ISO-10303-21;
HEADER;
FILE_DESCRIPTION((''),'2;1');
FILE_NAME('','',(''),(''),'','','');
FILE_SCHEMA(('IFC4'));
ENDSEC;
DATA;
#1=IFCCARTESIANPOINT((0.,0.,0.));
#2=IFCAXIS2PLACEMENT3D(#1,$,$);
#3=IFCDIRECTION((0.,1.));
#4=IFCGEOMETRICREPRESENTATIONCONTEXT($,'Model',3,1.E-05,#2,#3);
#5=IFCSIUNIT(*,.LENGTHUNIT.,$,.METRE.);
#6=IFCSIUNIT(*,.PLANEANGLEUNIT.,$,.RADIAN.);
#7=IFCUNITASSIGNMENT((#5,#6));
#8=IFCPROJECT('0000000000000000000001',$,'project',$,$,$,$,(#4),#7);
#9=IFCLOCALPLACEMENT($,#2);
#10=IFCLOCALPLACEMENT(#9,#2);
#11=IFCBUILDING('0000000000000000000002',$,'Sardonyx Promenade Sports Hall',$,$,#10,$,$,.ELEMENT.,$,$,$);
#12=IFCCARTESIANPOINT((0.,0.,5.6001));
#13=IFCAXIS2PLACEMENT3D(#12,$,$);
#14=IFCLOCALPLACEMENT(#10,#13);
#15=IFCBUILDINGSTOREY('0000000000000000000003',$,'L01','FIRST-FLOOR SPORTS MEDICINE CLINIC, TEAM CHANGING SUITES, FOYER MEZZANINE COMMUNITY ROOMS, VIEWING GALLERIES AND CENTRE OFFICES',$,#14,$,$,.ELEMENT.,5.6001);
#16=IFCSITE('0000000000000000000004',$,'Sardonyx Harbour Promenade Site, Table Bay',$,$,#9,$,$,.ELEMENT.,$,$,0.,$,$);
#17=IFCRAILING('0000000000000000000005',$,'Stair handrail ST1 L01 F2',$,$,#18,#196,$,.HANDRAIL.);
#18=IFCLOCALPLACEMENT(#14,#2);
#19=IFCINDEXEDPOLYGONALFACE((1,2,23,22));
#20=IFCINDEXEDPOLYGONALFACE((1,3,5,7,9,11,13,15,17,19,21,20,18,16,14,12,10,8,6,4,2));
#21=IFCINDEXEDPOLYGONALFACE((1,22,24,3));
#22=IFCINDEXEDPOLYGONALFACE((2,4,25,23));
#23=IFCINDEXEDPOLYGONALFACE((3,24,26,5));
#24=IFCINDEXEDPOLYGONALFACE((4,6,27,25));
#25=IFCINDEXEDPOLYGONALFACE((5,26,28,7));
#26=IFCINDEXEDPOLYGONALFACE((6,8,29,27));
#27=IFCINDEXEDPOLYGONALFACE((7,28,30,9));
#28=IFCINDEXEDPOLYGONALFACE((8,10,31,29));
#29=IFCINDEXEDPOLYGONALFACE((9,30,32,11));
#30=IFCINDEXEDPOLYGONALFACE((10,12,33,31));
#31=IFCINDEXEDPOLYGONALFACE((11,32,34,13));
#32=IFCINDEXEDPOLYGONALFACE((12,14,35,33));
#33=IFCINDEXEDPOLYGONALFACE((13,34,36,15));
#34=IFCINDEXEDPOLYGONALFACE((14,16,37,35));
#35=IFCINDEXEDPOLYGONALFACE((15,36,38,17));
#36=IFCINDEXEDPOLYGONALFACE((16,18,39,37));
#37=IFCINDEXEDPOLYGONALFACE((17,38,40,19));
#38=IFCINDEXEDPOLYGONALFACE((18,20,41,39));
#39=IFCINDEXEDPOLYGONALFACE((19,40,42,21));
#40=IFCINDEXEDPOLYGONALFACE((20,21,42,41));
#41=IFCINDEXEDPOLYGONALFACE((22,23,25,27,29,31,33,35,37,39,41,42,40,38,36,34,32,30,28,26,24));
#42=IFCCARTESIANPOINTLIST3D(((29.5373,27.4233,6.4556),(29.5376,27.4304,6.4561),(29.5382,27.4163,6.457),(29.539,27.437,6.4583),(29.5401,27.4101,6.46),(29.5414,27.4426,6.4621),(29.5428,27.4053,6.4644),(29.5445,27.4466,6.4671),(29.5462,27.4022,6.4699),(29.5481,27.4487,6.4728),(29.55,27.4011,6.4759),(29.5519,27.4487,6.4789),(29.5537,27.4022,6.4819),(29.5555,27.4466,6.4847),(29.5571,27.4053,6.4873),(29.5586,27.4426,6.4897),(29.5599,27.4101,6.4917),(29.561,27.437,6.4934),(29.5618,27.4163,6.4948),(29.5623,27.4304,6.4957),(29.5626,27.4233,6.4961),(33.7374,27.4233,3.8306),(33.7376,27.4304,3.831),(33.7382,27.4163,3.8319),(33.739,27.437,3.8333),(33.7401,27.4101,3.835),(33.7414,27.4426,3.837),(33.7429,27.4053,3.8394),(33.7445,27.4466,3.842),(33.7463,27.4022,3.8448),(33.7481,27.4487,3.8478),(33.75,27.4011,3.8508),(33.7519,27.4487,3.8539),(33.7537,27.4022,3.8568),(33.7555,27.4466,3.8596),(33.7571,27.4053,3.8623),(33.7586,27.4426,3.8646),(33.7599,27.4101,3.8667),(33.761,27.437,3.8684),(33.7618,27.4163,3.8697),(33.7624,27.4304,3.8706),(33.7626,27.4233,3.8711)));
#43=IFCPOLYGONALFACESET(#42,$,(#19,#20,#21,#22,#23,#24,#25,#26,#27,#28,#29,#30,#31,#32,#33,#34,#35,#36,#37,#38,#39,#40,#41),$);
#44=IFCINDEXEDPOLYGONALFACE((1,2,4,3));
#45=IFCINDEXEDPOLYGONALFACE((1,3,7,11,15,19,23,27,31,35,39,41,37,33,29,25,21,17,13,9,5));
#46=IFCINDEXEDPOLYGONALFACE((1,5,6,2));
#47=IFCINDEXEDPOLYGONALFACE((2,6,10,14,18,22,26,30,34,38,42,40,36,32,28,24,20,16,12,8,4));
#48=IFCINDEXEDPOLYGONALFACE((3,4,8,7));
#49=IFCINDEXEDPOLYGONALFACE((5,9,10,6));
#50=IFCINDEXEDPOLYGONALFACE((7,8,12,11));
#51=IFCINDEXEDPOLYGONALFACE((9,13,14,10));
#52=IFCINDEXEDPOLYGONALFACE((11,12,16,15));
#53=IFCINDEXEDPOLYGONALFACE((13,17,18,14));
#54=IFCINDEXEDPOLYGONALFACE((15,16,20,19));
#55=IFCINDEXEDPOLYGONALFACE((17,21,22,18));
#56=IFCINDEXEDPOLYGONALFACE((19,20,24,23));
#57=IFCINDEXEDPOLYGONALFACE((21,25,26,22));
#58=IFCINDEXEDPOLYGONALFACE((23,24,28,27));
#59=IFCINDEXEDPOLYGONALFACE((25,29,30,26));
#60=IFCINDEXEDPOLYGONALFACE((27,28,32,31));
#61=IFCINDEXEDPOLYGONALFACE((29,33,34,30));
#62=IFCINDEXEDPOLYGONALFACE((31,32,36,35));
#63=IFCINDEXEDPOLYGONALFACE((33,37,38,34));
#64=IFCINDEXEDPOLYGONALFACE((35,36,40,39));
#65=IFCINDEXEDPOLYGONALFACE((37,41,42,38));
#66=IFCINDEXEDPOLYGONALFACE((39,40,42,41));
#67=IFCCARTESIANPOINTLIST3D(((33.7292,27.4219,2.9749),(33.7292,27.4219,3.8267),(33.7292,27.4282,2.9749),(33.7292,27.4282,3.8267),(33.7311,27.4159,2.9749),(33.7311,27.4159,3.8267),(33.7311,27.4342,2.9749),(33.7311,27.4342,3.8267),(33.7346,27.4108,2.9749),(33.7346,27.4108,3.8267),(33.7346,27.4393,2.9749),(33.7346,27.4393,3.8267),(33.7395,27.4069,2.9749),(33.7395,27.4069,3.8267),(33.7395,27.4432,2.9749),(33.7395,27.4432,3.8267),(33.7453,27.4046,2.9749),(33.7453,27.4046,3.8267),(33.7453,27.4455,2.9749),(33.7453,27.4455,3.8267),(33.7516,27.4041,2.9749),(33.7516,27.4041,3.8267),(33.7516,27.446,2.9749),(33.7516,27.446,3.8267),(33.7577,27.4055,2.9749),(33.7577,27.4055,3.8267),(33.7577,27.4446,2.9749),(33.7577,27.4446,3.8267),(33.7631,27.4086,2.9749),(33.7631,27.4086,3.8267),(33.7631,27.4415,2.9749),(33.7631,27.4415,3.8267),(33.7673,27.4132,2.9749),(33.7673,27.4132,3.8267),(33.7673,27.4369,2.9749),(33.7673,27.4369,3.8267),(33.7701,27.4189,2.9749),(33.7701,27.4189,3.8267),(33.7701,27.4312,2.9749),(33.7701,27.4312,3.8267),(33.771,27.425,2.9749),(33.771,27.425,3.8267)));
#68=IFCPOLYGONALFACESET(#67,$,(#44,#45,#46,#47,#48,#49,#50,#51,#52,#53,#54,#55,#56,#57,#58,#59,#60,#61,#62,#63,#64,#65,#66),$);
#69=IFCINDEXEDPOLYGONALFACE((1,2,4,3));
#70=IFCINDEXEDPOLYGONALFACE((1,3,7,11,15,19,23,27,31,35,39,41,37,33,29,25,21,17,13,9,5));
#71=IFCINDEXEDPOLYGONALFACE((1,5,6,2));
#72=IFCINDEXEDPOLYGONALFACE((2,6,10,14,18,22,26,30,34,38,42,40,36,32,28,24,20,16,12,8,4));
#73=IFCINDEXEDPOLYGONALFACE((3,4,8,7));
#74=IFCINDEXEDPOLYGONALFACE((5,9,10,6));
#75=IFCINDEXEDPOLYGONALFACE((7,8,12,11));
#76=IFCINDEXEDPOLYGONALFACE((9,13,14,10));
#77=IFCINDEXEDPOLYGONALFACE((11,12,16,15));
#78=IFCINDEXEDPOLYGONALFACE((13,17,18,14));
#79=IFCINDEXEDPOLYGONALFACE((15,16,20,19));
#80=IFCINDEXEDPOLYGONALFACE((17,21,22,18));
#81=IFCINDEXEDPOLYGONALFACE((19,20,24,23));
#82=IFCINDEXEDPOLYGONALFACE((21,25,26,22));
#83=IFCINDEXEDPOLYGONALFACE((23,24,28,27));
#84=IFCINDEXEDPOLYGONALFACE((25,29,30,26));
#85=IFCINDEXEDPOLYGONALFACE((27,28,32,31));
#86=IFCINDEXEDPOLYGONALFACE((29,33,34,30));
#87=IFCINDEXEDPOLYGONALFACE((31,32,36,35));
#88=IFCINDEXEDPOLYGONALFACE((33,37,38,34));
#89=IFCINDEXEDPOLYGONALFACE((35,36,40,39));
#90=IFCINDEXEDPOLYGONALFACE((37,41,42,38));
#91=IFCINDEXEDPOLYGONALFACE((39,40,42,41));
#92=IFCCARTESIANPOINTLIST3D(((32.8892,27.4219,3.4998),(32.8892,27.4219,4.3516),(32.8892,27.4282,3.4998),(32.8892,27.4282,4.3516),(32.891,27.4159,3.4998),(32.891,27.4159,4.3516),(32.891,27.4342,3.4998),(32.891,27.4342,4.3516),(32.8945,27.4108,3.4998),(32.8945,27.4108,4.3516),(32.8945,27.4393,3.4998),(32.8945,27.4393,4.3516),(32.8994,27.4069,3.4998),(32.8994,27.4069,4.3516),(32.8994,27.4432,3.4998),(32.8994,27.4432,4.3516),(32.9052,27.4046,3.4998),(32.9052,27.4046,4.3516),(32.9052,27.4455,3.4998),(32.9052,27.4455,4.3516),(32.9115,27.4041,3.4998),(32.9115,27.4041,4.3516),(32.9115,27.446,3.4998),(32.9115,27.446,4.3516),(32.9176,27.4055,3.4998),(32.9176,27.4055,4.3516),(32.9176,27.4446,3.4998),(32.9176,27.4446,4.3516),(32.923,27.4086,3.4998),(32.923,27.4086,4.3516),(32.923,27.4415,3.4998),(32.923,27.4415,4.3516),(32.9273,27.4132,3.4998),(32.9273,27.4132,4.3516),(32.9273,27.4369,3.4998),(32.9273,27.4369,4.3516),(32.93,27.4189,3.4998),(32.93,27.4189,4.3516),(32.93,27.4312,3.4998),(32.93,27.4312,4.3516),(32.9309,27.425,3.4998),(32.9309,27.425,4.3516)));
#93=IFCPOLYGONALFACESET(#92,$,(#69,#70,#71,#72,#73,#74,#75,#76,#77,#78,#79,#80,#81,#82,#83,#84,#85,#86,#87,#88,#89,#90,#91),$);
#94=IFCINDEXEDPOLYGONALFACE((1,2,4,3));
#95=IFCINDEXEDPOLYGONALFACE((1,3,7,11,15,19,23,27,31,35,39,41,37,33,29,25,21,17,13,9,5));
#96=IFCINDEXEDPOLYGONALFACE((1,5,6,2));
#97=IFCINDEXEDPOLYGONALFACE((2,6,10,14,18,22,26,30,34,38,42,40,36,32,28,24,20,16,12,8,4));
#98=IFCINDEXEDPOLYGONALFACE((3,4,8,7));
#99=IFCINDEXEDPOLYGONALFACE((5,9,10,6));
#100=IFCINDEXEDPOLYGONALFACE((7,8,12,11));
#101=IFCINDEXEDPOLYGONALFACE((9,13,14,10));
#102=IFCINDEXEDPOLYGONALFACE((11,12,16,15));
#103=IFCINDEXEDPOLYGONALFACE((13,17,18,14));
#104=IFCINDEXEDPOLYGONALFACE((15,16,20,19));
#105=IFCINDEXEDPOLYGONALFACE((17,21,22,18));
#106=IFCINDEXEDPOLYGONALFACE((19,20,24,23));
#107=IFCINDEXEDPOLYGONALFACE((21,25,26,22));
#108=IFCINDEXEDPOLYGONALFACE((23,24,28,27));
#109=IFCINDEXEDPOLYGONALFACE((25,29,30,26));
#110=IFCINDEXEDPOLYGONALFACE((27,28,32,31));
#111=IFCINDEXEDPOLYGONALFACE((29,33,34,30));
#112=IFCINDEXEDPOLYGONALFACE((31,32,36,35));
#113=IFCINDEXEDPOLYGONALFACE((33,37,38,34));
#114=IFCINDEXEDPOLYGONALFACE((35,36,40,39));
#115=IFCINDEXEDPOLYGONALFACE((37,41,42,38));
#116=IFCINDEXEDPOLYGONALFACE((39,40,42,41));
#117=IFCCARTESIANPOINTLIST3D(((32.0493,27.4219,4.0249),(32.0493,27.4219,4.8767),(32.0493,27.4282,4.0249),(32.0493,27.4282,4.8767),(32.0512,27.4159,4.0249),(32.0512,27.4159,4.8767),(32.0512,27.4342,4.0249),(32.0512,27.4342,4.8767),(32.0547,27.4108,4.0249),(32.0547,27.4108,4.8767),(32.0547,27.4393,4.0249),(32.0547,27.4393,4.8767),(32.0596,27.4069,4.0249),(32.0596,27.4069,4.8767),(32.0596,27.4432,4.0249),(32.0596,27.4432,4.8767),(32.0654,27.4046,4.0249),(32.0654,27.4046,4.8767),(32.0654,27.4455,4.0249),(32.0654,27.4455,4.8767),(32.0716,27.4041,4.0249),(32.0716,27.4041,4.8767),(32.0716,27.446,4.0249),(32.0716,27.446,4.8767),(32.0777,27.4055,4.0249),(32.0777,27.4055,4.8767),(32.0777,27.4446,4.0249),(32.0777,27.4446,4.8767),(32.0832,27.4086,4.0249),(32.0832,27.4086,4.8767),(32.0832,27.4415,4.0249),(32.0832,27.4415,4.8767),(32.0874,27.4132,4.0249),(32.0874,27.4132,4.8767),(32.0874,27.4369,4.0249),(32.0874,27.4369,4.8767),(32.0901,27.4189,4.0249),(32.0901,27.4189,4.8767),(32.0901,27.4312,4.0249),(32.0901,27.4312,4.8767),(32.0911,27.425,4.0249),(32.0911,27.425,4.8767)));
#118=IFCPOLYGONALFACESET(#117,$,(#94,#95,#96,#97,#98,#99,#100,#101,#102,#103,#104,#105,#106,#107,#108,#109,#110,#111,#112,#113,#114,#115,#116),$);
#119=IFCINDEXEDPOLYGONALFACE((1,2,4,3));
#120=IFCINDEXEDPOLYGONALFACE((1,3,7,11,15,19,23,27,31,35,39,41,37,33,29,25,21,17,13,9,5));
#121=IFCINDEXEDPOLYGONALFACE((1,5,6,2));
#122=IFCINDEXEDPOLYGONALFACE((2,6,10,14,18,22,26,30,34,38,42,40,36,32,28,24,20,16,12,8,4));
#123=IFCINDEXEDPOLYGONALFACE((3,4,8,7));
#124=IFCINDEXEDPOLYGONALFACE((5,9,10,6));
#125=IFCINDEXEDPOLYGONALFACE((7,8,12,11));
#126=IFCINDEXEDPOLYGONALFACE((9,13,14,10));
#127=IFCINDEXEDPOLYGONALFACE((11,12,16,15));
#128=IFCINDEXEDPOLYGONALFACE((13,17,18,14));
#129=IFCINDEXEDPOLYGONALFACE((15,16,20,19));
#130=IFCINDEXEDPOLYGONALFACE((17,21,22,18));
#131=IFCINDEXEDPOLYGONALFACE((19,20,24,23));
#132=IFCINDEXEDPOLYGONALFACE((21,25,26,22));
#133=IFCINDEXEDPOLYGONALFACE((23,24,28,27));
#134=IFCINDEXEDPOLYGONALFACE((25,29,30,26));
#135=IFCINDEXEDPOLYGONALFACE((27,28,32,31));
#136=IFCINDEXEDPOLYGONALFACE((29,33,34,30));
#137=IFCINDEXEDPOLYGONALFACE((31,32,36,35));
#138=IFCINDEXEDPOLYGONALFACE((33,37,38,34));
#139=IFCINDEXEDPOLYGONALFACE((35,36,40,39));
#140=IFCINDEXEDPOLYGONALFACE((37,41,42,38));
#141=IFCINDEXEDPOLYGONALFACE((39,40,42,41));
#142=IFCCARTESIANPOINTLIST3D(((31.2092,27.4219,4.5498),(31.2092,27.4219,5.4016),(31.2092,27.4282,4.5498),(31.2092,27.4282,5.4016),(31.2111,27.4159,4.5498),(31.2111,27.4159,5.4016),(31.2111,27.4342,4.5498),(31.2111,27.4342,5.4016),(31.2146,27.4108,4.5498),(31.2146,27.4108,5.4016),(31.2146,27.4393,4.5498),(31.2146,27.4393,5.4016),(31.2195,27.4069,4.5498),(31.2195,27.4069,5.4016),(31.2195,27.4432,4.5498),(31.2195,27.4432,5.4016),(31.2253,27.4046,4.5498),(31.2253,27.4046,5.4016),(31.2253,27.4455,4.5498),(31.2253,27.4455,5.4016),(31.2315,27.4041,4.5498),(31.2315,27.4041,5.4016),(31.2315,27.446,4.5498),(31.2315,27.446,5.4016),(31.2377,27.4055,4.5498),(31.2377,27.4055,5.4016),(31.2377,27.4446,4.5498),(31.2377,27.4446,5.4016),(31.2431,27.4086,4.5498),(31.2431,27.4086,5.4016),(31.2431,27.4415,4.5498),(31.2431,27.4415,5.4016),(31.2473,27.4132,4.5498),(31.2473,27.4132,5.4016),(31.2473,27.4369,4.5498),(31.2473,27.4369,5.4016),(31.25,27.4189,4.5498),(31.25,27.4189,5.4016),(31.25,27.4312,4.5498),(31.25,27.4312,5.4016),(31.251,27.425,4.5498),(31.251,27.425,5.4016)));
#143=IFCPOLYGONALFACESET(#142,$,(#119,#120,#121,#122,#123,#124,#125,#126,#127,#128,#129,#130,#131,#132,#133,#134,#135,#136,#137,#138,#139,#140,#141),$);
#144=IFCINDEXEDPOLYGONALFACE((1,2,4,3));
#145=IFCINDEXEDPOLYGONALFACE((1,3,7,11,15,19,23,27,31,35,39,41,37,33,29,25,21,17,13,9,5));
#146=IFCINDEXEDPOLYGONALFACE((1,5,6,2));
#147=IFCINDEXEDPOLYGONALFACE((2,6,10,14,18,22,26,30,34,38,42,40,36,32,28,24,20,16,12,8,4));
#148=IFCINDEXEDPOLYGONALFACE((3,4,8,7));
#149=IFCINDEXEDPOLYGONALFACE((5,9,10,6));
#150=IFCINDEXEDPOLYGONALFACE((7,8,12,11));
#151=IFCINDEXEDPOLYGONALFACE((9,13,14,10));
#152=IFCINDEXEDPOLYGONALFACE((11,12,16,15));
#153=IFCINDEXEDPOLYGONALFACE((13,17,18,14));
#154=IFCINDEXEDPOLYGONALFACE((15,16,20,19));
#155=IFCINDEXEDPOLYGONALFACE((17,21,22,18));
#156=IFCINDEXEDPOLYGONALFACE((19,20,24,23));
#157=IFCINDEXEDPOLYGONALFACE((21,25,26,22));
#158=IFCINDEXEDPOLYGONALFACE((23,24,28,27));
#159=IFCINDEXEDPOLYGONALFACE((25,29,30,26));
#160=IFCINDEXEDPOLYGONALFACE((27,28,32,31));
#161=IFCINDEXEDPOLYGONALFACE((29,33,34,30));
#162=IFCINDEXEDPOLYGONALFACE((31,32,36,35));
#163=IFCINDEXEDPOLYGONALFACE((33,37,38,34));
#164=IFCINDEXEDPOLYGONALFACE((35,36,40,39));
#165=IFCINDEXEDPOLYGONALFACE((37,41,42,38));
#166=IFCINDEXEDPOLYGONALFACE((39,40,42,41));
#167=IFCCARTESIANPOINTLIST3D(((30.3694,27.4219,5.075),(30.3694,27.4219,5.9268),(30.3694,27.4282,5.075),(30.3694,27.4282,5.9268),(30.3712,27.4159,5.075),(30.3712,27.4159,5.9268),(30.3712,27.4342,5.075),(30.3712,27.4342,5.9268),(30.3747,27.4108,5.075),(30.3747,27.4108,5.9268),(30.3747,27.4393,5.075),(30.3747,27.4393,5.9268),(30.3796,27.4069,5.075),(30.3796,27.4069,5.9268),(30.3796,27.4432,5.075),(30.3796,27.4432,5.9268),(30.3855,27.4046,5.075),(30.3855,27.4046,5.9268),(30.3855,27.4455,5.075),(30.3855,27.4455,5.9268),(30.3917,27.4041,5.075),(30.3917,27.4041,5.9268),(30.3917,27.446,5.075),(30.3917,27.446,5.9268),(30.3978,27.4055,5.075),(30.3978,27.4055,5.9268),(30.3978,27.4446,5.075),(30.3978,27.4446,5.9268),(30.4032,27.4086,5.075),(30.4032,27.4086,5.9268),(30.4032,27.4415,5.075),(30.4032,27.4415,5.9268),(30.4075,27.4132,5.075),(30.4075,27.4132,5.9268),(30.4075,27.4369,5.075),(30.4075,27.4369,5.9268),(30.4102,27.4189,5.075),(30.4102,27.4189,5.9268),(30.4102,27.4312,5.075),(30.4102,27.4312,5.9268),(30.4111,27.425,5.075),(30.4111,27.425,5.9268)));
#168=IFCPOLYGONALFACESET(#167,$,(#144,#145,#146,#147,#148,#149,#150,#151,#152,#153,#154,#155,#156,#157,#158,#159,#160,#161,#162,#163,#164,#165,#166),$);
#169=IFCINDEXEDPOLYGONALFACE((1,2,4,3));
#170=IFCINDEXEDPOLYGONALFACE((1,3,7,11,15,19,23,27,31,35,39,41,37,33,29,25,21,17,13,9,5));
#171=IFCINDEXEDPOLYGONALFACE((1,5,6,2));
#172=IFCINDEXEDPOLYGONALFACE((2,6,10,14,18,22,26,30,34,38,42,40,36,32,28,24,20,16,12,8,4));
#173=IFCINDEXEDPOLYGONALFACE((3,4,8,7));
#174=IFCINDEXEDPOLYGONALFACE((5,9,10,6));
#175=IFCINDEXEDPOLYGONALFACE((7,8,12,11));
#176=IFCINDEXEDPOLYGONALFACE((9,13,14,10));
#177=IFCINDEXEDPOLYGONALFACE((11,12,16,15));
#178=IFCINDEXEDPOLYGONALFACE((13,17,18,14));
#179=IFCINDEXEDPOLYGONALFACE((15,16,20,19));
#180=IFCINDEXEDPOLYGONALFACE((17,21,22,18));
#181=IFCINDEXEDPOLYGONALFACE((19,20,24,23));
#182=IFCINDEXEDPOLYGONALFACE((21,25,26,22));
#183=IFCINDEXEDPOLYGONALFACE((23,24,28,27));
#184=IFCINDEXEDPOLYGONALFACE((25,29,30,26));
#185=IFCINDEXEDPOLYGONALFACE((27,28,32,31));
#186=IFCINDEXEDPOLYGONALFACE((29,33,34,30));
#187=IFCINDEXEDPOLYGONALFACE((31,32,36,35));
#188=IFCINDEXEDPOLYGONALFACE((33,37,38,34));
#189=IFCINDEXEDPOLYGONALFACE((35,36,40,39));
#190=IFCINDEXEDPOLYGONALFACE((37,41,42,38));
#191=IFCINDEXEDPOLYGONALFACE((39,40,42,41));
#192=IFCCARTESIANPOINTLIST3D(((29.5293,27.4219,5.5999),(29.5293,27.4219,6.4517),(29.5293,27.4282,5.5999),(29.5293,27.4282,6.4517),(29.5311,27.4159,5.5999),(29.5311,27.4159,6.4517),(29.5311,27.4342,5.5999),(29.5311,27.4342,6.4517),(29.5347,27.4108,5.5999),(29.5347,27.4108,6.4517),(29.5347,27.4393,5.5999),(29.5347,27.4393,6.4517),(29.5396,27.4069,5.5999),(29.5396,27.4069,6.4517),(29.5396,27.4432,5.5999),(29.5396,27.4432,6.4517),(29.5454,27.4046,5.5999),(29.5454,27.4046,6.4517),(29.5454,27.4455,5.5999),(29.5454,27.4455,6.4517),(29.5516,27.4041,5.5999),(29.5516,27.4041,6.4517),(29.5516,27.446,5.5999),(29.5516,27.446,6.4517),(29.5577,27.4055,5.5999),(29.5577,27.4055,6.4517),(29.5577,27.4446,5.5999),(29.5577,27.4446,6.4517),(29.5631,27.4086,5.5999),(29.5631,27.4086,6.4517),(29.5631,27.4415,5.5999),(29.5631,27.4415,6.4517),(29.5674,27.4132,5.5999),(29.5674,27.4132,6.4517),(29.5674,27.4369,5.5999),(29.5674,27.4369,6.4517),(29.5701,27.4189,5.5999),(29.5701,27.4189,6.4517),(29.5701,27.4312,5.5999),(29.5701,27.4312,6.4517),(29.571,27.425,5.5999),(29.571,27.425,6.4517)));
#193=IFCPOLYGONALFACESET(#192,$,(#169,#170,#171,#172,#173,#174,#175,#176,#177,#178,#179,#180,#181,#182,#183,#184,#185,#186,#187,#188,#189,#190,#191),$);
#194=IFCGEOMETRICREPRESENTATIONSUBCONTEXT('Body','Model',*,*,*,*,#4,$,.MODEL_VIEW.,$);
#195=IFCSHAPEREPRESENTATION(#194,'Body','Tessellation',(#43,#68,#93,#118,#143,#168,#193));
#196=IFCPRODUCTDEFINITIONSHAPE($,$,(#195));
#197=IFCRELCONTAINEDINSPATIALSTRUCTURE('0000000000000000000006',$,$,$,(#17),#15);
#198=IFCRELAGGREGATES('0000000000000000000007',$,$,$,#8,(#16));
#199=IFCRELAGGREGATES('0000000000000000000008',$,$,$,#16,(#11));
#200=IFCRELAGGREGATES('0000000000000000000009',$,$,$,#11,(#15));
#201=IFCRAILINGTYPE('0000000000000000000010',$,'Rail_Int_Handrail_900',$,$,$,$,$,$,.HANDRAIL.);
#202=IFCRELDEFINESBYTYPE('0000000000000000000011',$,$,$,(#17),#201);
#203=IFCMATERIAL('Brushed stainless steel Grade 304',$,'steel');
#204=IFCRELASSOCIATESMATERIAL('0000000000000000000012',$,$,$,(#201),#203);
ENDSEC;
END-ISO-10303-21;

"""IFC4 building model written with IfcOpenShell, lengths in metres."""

from ifc_helpers import new_model, si_unit, direction, frame, origin, origin_2d, place, context, subcontext, project, spatial, circle, extrude, material, type_object, element, save


model = new_model("IFC4")

# Units and contexts
model_context = context("Model", 3, precision=1e-05, world=origin(), true_north=direction((0.0, 1.0)))
body_context = subcontext(model_context, "Body", "Model", "MODEL_VIEW")
ifc_project = project(units=[si_unit("LENGTHUNIT", "METRE"), si_unit("PLANEANGLEUNIT", "RADIAN")], contexts=[model_context])

# Site, building, storey
site_placement = place(None, origin())
site = spatial("IfcSite", under=ifc_project, at=site_placement, Name="Sardonyx Harbour Promenade Site, Table Bay", CompositionType="ELEMENT", RefElevation=0.0)
building_placement = place(site_placement, origin())
building = spatial("IfcBuilding", under=site, at=building_placement, Name="Sardonyx Promenade Sports Hall", CompositionType="ELEMENT")
storey_placement = place(building_placement, frame((0.0, 0.0, 5.6001)))
storey = spatial("IfcBuildingStorey", under=building, at=storey_placement, Name="L01", Description="FIRST-FLOOR SPORTS MEDICINE CLINIC, TEAM CHANGING SUITES, FOYER MEZZANINE COMMUNITY ROOMS, VIEWING GALLERIES AND CENTRE OFFICES", CompositionType="ELEMENT", Elevation=5.6001)

# Railing
ifc_material_1 = material(Name="Brushed stainless steel Grade 304", Category="steel")
railing_type_1 = type_object("IfcRailingType", Name="Rail_Int_Handrail_900", PredefinedType="HANDRAIL", material=ifc_material_1)
railing_1_placement = place(storey_placement, frame((33.75, 27.425, 2.9749)))
element("IfcRailing", 1, at=railing_1_placement, inside=storey, type_object=railing_type_1, Name="Stair handrail ST1 L01 F2", PredefinedType="HANDRAIL", context=body_context, shape_type="SweptSolid", body=[
    extrude(circle(Radius=0.0239, at=origin_2d()), frame((0.0, 0.0, 0.876), z_axis=(-0.847996, 0.0, 0.530003), x_axis=(0.0, -1.0, 0.0)), (0.0, 0.0, 1.0), 4.9529),
    extrude(circle(Radius=0.021, at=origin_2d()), origin(), (0.0, 0.0, 1.0), 0.8518),
    extrude(circle(Radius=0.021, at=origin_2d()), frame((-0.8401, 0.0, 0.5249)), (0.0, 0.0, 1.0), 0.8518),
    extrude(circle(Radius=0.021, at=origin_2d()), frame((-1.6799, 0.0, 1.05)), (0.0, 0.0, 1.0), 0.8518),
    extrude(circle(Radius=0.021, at=origin_2d()), frame((-2.52, 0.0, 1.575)), (0.0, 0.0, 1.0), 0.8518),
    extrude(circle(Radius=0.021, at=origin_2d()), frame((-3.3599, 0.0, 2.1001)), (0.0, 0.0, 1.0), 0.8518),
    extrude(circle(Radius=0.021, at=origin_2d()), frame((-4.2, 0.0, 2.625)), (0.0, 0.0, 1.0), 0.8518),
])

save(model, "model.ifc")
